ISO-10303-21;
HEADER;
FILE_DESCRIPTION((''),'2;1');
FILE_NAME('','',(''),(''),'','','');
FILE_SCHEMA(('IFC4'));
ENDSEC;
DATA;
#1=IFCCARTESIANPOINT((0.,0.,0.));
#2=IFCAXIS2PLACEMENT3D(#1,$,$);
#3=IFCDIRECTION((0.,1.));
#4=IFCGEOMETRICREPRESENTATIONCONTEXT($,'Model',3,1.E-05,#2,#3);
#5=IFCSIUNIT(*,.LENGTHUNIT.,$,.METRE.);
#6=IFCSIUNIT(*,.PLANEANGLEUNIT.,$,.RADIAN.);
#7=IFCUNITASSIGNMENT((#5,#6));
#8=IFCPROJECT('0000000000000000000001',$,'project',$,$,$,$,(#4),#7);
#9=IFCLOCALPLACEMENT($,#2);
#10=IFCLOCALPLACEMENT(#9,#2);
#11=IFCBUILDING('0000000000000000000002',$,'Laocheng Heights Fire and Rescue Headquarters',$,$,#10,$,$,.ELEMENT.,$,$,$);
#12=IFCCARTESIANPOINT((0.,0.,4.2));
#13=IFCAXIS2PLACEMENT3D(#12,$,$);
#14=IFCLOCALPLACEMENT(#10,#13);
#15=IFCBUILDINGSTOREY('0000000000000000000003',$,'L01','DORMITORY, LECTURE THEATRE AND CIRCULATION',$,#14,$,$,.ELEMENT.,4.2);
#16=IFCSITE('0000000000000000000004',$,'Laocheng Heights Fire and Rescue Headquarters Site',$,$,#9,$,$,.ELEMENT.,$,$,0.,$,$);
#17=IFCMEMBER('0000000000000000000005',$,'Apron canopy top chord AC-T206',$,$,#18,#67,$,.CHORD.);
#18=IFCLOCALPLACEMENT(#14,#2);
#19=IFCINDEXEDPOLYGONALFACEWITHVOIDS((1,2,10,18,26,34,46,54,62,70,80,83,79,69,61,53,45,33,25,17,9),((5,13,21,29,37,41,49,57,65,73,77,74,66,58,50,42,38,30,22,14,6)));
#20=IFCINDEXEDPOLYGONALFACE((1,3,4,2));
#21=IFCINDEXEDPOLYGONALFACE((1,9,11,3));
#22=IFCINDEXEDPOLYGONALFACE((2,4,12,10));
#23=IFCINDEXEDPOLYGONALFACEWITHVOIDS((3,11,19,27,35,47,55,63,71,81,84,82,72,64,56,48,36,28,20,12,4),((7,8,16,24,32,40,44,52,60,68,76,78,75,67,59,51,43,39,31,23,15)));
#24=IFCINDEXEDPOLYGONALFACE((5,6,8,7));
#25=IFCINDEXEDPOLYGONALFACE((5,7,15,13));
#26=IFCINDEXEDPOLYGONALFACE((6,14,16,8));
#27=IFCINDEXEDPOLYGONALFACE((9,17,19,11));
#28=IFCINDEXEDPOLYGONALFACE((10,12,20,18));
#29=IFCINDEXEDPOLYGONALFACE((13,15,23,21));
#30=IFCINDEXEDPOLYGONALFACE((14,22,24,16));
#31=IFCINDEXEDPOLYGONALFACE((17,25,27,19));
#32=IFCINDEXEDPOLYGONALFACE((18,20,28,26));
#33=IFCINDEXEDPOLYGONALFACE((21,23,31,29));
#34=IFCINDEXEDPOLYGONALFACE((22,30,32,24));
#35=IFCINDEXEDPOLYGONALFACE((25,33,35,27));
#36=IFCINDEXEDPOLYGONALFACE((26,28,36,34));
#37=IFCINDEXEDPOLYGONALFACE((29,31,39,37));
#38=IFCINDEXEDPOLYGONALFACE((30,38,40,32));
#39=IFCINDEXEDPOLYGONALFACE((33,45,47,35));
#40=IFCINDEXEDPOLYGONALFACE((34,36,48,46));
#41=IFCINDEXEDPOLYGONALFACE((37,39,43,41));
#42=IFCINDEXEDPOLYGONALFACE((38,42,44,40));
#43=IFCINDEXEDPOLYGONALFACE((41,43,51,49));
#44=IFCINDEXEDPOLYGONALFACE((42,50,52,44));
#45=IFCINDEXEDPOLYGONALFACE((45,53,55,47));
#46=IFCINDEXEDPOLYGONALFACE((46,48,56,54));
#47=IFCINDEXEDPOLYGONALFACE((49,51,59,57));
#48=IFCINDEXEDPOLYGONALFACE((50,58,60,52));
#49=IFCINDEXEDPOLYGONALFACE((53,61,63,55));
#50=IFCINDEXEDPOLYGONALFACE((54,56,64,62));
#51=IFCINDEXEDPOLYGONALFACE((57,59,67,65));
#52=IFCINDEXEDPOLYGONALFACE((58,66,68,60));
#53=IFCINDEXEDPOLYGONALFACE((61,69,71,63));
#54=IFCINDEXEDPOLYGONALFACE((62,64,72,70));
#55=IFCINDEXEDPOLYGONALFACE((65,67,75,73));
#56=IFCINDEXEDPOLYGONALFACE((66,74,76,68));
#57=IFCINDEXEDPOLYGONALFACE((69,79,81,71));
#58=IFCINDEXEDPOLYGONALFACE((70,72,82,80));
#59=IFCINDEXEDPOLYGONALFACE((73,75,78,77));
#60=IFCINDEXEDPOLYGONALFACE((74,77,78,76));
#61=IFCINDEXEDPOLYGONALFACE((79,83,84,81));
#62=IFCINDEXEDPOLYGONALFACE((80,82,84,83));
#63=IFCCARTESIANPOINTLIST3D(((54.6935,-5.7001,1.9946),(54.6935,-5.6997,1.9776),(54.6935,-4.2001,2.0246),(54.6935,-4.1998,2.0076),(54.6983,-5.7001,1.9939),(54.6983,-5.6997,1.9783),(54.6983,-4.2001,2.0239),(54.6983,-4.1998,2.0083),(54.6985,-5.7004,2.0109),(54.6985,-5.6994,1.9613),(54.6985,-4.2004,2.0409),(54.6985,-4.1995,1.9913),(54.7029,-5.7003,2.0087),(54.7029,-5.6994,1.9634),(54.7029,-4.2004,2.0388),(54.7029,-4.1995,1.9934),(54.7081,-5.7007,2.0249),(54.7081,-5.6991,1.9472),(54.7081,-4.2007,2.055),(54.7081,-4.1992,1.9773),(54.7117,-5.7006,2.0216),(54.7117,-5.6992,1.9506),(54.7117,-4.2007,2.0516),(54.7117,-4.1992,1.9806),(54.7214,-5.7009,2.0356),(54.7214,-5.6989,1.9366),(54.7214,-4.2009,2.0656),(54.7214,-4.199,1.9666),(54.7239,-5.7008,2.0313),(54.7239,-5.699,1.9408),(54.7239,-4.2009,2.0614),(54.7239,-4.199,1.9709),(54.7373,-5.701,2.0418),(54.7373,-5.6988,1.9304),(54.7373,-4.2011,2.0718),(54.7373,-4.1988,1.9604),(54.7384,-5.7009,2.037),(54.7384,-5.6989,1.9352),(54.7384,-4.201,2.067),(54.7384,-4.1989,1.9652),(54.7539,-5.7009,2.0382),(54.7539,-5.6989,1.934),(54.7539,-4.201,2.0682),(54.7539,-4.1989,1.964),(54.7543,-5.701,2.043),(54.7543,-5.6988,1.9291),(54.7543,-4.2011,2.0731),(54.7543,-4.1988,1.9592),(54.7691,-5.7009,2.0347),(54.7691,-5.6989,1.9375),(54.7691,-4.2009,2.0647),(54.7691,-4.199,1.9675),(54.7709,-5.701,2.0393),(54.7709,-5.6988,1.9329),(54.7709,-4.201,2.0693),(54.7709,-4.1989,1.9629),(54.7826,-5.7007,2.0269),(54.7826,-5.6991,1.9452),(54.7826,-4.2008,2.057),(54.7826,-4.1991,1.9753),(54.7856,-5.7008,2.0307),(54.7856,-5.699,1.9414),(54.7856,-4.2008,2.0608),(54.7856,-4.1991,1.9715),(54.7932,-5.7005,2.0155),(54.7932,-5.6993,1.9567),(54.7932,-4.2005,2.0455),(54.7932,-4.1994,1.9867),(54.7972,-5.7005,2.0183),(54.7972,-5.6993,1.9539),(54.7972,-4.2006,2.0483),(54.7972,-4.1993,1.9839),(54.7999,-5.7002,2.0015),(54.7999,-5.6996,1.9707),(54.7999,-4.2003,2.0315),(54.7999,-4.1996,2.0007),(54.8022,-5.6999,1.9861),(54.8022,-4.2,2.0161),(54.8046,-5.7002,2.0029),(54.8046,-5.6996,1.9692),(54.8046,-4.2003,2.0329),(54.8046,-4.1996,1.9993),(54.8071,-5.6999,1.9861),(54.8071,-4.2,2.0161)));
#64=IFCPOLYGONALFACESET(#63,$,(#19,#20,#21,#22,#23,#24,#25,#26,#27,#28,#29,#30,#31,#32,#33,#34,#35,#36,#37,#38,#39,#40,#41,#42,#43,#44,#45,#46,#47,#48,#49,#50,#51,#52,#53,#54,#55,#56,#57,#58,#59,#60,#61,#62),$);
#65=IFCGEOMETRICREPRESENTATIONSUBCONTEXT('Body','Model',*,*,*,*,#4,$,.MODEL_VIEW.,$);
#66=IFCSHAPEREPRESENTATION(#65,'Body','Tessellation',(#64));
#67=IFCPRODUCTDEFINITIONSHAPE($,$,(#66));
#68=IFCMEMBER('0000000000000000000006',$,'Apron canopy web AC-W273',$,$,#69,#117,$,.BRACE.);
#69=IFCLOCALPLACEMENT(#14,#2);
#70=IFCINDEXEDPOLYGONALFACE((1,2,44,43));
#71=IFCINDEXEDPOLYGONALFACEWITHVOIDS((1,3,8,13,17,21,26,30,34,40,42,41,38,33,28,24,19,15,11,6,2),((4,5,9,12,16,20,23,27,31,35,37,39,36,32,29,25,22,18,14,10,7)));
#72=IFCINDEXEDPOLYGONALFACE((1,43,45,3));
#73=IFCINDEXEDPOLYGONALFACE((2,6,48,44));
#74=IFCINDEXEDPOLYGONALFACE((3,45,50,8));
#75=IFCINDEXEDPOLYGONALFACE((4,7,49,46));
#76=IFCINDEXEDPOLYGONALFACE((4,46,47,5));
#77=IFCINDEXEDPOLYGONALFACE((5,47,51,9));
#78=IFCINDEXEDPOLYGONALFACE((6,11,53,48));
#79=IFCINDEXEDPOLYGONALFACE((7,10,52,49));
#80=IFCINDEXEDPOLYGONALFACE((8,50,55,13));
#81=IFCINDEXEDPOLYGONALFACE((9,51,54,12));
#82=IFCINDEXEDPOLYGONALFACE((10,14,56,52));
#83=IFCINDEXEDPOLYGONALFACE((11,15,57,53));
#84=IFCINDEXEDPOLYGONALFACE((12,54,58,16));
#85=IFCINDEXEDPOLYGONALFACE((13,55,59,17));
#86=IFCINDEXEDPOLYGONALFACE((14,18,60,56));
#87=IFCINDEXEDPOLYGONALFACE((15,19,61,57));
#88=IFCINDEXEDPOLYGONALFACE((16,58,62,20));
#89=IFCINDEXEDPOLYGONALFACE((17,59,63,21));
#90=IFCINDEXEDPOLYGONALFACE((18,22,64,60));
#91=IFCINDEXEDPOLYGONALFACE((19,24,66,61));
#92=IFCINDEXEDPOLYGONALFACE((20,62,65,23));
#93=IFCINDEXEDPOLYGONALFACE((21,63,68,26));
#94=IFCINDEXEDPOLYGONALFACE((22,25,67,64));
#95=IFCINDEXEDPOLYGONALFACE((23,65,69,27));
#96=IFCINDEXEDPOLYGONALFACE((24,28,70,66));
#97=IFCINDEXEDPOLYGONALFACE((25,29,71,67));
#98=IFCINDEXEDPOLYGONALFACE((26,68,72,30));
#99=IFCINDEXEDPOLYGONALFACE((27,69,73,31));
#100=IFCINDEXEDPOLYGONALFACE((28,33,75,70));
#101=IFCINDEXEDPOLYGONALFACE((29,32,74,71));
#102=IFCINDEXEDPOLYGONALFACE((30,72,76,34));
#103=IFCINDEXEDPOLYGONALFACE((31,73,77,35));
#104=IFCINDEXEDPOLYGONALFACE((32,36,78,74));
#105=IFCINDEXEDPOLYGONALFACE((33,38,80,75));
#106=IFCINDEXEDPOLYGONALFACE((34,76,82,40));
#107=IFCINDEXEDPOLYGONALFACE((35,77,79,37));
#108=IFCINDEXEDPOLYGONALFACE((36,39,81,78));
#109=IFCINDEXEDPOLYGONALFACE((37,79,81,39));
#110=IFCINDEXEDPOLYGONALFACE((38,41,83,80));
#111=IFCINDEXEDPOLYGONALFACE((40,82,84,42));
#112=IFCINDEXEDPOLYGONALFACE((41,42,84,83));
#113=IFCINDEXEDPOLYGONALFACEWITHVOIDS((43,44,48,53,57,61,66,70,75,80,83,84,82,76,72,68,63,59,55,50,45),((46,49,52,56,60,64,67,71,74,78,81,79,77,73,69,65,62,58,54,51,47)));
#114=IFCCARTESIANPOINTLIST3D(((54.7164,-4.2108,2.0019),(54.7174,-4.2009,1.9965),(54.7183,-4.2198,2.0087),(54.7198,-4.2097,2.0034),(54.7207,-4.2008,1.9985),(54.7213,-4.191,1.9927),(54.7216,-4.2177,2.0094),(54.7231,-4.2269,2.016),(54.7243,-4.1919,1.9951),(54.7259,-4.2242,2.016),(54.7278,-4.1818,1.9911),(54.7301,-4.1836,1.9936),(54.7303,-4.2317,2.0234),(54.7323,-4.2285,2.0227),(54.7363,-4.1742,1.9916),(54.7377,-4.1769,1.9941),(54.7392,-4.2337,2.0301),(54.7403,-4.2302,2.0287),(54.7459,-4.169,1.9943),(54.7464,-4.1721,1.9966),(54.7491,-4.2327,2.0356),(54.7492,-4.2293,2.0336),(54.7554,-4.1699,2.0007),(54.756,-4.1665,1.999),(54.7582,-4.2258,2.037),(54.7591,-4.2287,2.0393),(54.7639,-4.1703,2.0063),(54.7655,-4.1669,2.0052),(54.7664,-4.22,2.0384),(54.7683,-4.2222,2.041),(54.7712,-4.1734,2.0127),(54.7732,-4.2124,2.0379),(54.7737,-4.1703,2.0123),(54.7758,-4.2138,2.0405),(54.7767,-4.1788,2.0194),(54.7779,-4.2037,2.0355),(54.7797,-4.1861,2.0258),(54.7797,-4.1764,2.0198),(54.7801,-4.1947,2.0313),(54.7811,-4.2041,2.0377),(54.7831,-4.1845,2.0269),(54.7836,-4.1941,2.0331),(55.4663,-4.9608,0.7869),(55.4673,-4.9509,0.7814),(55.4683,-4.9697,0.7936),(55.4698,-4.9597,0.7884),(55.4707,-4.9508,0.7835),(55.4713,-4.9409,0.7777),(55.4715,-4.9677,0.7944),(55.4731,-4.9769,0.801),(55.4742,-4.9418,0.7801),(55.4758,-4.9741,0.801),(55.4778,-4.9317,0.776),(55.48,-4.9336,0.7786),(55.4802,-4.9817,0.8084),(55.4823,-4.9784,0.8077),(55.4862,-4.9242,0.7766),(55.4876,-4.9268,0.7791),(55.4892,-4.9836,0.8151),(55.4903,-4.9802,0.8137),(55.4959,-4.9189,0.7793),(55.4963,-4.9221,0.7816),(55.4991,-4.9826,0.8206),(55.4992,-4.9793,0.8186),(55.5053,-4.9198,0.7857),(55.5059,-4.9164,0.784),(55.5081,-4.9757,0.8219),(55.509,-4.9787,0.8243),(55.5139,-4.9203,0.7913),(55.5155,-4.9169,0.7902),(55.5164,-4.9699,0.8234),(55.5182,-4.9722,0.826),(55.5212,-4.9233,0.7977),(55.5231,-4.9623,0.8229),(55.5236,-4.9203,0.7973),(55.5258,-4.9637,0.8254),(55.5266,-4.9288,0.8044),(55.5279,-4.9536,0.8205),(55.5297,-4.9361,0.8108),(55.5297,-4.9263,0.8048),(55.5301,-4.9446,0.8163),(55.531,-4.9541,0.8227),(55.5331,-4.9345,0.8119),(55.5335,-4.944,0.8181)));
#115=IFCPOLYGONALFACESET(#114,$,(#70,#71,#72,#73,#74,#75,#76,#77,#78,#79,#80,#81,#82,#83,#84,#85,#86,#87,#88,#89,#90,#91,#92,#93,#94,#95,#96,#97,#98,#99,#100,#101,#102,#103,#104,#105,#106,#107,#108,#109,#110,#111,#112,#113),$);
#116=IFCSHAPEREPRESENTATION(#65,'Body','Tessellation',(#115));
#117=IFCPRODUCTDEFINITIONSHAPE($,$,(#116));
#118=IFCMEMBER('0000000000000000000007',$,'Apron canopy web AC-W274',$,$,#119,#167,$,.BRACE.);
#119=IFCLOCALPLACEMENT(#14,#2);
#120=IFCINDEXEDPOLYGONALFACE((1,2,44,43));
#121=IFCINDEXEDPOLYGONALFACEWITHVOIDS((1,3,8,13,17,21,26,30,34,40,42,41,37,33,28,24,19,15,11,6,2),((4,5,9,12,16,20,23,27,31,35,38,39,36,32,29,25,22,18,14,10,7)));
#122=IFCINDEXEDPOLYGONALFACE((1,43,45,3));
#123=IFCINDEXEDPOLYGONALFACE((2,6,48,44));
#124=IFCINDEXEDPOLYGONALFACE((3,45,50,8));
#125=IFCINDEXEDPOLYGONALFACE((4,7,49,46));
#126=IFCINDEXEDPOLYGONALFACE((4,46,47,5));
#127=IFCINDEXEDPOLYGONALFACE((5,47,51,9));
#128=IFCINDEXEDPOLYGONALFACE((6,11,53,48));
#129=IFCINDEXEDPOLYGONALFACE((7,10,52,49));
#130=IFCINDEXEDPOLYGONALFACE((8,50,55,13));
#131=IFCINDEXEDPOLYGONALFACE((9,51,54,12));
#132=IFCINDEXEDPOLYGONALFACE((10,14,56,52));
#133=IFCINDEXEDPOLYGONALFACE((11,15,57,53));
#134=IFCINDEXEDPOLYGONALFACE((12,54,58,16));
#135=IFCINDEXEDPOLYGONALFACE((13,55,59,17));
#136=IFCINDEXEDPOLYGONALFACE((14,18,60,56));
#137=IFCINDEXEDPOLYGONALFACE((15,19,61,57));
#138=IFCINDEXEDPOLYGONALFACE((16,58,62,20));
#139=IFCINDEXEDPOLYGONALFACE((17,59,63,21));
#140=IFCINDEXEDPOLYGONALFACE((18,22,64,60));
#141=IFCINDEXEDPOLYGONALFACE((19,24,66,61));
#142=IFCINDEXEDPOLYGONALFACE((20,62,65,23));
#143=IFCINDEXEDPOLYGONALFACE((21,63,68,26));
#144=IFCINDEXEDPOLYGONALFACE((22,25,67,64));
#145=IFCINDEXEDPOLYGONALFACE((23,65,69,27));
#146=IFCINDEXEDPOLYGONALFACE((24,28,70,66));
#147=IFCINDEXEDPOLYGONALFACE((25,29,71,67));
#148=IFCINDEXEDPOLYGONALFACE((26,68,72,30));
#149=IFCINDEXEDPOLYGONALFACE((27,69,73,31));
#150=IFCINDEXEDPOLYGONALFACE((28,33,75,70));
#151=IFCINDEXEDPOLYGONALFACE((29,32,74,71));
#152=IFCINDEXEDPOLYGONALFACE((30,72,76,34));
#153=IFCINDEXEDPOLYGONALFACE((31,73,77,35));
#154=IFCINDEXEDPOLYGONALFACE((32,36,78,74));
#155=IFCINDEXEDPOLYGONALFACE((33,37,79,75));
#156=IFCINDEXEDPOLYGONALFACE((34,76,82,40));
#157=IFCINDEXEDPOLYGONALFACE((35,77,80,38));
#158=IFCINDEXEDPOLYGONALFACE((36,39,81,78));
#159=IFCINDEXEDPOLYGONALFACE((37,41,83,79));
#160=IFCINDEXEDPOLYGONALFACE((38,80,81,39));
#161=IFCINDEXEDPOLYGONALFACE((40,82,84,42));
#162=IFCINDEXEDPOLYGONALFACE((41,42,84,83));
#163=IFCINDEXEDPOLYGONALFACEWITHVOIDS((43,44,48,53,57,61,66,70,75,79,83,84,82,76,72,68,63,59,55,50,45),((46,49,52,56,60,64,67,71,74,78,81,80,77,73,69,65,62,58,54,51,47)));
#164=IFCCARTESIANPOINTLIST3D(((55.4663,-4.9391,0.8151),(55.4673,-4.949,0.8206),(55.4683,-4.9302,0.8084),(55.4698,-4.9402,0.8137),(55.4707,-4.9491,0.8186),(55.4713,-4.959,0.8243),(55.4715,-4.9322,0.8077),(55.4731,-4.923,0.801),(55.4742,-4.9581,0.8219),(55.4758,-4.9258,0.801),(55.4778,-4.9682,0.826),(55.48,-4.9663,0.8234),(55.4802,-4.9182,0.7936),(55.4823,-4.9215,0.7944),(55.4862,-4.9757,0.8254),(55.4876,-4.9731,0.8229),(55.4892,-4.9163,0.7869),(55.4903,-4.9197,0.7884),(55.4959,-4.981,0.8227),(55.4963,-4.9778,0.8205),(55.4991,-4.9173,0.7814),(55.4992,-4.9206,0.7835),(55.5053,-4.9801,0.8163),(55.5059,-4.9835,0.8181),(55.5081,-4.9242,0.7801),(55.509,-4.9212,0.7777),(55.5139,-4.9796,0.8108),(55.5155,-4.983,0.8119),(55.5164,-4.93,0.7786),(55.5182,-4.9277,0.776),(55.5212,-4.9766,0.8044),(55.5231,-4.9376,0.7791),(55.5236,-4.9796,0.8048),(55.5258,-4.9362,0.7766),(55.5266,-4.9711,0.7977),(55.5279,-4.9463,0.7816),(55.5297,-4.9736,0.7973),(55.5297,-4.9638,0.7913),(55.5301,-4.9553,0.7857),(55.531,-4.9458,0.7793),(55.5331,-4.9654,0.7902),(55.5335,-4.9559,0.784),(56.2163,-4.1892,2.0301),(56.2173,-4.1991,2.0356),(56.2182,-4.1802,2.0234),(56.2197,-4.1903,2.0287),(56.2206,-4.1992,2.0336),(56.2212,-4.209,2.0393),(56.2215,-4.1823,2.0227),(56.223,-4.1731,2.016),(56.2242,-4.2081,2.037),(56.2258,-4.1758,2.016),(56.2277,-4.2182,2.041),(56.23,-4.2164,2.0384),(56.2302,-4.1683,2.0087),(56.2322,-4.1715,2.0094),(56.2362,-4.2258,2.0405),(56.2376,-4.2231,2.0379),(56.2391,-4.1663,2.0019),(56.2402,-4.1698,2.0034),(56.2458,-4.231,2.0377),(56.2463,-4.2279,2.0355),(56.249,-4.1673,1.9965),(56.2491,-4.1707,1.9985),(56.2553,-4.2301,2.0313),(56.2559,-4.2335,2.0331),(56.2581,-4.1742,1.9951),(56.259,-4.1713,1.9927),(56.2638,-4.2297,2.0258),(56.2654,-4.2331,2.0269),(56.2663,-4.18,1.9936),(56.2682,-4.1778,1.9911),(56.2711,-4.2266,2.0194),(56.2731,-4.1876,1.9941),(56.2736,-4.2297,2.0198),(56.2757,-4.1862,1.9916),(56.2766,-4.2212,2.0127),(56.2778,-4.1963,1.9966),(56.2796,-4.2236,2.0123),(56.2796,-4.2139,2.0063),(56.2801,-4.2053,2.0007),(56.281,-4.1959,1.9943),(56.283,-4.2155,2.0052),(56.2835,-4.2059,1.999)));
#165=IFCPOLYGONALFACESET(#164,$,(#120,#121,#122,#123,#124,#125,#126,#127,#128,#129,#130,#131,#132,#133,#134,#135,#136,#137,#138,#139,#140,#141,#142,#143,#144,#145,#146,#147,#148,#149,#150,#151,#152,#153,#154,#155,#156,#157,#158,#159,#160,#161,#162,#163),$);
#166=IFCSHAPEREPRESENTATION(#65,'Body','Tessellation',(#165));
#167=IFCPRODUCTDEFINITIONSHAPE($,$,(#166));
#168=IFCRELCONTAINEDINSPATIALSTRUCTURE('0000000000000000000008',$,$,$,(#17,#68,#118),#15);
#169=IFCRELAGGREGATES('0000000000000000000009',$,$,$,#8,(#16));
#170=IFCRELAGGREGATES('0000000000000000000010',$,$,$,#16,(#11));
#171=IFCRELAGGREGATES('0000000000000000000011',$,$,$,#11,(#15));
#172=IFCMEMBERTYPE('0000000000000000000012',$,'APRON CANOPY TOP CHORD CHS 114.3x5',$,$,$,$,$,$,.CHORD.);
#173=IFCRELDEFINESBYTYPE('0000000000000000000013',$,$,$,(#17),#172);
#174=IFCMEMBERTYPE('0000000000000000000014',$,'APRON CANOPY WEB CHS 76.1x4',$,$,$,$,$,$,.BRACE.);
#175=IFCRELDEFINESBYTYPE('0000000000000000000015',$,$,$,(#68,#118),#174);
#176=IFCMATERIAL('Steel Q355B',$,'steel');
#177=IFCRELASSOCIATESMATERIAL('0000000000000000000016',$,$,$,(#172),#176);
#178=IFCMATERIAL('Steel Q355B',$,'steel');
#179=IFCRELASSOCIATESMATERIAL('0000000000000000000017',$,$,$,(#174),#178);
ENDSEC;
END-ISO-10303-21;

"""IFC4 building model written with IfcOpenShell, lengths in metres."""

from ifc_helpers import new_model, si_unit, direction, frame, origin, origin_2d, place, context, subcontext, project, spatial, hollow_circle, extrude, material, material_profile, profile_set, type_object, element, save


model = new_model("IFC4")

# Units and contexts
model_context = context("Model", 3, precision=1e-05, world=origin(), true_north=direction((0.0, 1.0)))
body_context = subcontext(model_context, "Body", "Model", "MODEL_VIEW")
ifc_project = project(units=[si_unit("LENGTHUNIT", "METRE"), si_unit("PLANEANGLEUNIT", "RADIAN")], contexts=[model_context])

# Site, building, storey
site_placement = place(None, origin())
site = spatial("IfcSite", under=ifc_project, at=site_placement, Name="Laocheng Heights Fire and Rescue Headquarters Site", CompositionType="ELEMENT", RefElevation=0.0)
building_placement = place(site_placement, origin())
building = spatial("IfcBuilding", under=site, at=building_placement, Name="Laocheng Heights Fire and Rescue Headquarters", CompositionType="ELEMENT")
storey_placement = place(building_placement, frame((0.0, 0.0, 4.2)))
storey = spatial("IfcBuildingStorey", under=building, at=storey_placement, Name="L01", Description="DORMITORY, LECTURE THEATRE AND CIRCULATION", CompositionType="ELEMENT", Elevation=4.2)

# Members
ifc_material_1 = material(Name="Steel Q355B", Category="steel")
ifc_material_profile_1 = material_profile(ifc_material_1, hollow_circle(Radius=0.0571, WallThickness=0.0049, at=origin_2d()), Name="CHS 114.3x5")
ifc_profile_set_1 = profile_set([ifc_material_profile_1], Name="Steel Q355B")
member_type_1 = type_object("IfcMemberType", Name="APRON CANOPY TOP CHORD CHS 114.3x5", PredefinedType="CHORD", material=ifc_profile_set_1)
for number, where, z_axis, x_axis, name in (
    (1, (54.75, -4.2, 2.0161), (0.0, -0.9998, -0.020016), (1.0, 0.0, 0.0), "Apron canopy top chord AC-T206"),
):
    element("IfcMember", number, at=place(storey_placement, frame(where, z_axis=z_axis, x_axis=x_axis)), inside=storey, type_object=member_type_1, Name=name, PredefinedType="CHORD", context=body_context, shape_type="SweptSolid", body=[
        extrude(hollow_circle(Radius=0.0571, WallThickness=0.0049, at=origin_2d()), origin(), (0.0, 0.0, 1.0), 1.5002),
    ])
ifc_material_2 = material(Name="Steel Q355B", Category="steel")
ifc_material_profile_2 = material_profile(ifc_material_2, hollow_circle(Radius=0.0381, WallThickness=0.0039, at=origin_2d()), Name="CHS 76.1x4")
ifc_profile_set_2 = profile_set([ifc_material_profile_2], Name="Steel Q355B")
member_type_2 = type_object("IfcMemberType", Name="APRON CANOPY WEB CHS 76.1x4", PredefinedType="BRACE", material=ifc_profile_set_2)
for number, where, z_axis, x_axis, name in (
    (2, (55.5, -4.95, 0.801), (-0.465002, 0.465002, 0.753357), (-0.707107, -0.707107, 0.0), "Apron canopy web AC-W273"),
    (3, (55.5, -4.95, 0.801), (0.465002, 0.465002, 0.753357), (-0.707107, 0.707107, 0.0), "Apron canopy web AC-W274"),
):
    element("IfcMember", number, at=place(storey_placement, frame(where, z_axis=z_axis, x_axis=x_axis)), inside=storey, type_object=member_type_2, Name=name, PredefinedType="BRACE", context=body_context, shape_type="SweptSolid", body=[
        extrude(hollow_circle(Radius=0.0381, WallThickness=0.0039, at=origin_2d()), origin(), (0.0, 0.0, 1.0), 1.6128),
    ])

save(model, "model.ifc")
